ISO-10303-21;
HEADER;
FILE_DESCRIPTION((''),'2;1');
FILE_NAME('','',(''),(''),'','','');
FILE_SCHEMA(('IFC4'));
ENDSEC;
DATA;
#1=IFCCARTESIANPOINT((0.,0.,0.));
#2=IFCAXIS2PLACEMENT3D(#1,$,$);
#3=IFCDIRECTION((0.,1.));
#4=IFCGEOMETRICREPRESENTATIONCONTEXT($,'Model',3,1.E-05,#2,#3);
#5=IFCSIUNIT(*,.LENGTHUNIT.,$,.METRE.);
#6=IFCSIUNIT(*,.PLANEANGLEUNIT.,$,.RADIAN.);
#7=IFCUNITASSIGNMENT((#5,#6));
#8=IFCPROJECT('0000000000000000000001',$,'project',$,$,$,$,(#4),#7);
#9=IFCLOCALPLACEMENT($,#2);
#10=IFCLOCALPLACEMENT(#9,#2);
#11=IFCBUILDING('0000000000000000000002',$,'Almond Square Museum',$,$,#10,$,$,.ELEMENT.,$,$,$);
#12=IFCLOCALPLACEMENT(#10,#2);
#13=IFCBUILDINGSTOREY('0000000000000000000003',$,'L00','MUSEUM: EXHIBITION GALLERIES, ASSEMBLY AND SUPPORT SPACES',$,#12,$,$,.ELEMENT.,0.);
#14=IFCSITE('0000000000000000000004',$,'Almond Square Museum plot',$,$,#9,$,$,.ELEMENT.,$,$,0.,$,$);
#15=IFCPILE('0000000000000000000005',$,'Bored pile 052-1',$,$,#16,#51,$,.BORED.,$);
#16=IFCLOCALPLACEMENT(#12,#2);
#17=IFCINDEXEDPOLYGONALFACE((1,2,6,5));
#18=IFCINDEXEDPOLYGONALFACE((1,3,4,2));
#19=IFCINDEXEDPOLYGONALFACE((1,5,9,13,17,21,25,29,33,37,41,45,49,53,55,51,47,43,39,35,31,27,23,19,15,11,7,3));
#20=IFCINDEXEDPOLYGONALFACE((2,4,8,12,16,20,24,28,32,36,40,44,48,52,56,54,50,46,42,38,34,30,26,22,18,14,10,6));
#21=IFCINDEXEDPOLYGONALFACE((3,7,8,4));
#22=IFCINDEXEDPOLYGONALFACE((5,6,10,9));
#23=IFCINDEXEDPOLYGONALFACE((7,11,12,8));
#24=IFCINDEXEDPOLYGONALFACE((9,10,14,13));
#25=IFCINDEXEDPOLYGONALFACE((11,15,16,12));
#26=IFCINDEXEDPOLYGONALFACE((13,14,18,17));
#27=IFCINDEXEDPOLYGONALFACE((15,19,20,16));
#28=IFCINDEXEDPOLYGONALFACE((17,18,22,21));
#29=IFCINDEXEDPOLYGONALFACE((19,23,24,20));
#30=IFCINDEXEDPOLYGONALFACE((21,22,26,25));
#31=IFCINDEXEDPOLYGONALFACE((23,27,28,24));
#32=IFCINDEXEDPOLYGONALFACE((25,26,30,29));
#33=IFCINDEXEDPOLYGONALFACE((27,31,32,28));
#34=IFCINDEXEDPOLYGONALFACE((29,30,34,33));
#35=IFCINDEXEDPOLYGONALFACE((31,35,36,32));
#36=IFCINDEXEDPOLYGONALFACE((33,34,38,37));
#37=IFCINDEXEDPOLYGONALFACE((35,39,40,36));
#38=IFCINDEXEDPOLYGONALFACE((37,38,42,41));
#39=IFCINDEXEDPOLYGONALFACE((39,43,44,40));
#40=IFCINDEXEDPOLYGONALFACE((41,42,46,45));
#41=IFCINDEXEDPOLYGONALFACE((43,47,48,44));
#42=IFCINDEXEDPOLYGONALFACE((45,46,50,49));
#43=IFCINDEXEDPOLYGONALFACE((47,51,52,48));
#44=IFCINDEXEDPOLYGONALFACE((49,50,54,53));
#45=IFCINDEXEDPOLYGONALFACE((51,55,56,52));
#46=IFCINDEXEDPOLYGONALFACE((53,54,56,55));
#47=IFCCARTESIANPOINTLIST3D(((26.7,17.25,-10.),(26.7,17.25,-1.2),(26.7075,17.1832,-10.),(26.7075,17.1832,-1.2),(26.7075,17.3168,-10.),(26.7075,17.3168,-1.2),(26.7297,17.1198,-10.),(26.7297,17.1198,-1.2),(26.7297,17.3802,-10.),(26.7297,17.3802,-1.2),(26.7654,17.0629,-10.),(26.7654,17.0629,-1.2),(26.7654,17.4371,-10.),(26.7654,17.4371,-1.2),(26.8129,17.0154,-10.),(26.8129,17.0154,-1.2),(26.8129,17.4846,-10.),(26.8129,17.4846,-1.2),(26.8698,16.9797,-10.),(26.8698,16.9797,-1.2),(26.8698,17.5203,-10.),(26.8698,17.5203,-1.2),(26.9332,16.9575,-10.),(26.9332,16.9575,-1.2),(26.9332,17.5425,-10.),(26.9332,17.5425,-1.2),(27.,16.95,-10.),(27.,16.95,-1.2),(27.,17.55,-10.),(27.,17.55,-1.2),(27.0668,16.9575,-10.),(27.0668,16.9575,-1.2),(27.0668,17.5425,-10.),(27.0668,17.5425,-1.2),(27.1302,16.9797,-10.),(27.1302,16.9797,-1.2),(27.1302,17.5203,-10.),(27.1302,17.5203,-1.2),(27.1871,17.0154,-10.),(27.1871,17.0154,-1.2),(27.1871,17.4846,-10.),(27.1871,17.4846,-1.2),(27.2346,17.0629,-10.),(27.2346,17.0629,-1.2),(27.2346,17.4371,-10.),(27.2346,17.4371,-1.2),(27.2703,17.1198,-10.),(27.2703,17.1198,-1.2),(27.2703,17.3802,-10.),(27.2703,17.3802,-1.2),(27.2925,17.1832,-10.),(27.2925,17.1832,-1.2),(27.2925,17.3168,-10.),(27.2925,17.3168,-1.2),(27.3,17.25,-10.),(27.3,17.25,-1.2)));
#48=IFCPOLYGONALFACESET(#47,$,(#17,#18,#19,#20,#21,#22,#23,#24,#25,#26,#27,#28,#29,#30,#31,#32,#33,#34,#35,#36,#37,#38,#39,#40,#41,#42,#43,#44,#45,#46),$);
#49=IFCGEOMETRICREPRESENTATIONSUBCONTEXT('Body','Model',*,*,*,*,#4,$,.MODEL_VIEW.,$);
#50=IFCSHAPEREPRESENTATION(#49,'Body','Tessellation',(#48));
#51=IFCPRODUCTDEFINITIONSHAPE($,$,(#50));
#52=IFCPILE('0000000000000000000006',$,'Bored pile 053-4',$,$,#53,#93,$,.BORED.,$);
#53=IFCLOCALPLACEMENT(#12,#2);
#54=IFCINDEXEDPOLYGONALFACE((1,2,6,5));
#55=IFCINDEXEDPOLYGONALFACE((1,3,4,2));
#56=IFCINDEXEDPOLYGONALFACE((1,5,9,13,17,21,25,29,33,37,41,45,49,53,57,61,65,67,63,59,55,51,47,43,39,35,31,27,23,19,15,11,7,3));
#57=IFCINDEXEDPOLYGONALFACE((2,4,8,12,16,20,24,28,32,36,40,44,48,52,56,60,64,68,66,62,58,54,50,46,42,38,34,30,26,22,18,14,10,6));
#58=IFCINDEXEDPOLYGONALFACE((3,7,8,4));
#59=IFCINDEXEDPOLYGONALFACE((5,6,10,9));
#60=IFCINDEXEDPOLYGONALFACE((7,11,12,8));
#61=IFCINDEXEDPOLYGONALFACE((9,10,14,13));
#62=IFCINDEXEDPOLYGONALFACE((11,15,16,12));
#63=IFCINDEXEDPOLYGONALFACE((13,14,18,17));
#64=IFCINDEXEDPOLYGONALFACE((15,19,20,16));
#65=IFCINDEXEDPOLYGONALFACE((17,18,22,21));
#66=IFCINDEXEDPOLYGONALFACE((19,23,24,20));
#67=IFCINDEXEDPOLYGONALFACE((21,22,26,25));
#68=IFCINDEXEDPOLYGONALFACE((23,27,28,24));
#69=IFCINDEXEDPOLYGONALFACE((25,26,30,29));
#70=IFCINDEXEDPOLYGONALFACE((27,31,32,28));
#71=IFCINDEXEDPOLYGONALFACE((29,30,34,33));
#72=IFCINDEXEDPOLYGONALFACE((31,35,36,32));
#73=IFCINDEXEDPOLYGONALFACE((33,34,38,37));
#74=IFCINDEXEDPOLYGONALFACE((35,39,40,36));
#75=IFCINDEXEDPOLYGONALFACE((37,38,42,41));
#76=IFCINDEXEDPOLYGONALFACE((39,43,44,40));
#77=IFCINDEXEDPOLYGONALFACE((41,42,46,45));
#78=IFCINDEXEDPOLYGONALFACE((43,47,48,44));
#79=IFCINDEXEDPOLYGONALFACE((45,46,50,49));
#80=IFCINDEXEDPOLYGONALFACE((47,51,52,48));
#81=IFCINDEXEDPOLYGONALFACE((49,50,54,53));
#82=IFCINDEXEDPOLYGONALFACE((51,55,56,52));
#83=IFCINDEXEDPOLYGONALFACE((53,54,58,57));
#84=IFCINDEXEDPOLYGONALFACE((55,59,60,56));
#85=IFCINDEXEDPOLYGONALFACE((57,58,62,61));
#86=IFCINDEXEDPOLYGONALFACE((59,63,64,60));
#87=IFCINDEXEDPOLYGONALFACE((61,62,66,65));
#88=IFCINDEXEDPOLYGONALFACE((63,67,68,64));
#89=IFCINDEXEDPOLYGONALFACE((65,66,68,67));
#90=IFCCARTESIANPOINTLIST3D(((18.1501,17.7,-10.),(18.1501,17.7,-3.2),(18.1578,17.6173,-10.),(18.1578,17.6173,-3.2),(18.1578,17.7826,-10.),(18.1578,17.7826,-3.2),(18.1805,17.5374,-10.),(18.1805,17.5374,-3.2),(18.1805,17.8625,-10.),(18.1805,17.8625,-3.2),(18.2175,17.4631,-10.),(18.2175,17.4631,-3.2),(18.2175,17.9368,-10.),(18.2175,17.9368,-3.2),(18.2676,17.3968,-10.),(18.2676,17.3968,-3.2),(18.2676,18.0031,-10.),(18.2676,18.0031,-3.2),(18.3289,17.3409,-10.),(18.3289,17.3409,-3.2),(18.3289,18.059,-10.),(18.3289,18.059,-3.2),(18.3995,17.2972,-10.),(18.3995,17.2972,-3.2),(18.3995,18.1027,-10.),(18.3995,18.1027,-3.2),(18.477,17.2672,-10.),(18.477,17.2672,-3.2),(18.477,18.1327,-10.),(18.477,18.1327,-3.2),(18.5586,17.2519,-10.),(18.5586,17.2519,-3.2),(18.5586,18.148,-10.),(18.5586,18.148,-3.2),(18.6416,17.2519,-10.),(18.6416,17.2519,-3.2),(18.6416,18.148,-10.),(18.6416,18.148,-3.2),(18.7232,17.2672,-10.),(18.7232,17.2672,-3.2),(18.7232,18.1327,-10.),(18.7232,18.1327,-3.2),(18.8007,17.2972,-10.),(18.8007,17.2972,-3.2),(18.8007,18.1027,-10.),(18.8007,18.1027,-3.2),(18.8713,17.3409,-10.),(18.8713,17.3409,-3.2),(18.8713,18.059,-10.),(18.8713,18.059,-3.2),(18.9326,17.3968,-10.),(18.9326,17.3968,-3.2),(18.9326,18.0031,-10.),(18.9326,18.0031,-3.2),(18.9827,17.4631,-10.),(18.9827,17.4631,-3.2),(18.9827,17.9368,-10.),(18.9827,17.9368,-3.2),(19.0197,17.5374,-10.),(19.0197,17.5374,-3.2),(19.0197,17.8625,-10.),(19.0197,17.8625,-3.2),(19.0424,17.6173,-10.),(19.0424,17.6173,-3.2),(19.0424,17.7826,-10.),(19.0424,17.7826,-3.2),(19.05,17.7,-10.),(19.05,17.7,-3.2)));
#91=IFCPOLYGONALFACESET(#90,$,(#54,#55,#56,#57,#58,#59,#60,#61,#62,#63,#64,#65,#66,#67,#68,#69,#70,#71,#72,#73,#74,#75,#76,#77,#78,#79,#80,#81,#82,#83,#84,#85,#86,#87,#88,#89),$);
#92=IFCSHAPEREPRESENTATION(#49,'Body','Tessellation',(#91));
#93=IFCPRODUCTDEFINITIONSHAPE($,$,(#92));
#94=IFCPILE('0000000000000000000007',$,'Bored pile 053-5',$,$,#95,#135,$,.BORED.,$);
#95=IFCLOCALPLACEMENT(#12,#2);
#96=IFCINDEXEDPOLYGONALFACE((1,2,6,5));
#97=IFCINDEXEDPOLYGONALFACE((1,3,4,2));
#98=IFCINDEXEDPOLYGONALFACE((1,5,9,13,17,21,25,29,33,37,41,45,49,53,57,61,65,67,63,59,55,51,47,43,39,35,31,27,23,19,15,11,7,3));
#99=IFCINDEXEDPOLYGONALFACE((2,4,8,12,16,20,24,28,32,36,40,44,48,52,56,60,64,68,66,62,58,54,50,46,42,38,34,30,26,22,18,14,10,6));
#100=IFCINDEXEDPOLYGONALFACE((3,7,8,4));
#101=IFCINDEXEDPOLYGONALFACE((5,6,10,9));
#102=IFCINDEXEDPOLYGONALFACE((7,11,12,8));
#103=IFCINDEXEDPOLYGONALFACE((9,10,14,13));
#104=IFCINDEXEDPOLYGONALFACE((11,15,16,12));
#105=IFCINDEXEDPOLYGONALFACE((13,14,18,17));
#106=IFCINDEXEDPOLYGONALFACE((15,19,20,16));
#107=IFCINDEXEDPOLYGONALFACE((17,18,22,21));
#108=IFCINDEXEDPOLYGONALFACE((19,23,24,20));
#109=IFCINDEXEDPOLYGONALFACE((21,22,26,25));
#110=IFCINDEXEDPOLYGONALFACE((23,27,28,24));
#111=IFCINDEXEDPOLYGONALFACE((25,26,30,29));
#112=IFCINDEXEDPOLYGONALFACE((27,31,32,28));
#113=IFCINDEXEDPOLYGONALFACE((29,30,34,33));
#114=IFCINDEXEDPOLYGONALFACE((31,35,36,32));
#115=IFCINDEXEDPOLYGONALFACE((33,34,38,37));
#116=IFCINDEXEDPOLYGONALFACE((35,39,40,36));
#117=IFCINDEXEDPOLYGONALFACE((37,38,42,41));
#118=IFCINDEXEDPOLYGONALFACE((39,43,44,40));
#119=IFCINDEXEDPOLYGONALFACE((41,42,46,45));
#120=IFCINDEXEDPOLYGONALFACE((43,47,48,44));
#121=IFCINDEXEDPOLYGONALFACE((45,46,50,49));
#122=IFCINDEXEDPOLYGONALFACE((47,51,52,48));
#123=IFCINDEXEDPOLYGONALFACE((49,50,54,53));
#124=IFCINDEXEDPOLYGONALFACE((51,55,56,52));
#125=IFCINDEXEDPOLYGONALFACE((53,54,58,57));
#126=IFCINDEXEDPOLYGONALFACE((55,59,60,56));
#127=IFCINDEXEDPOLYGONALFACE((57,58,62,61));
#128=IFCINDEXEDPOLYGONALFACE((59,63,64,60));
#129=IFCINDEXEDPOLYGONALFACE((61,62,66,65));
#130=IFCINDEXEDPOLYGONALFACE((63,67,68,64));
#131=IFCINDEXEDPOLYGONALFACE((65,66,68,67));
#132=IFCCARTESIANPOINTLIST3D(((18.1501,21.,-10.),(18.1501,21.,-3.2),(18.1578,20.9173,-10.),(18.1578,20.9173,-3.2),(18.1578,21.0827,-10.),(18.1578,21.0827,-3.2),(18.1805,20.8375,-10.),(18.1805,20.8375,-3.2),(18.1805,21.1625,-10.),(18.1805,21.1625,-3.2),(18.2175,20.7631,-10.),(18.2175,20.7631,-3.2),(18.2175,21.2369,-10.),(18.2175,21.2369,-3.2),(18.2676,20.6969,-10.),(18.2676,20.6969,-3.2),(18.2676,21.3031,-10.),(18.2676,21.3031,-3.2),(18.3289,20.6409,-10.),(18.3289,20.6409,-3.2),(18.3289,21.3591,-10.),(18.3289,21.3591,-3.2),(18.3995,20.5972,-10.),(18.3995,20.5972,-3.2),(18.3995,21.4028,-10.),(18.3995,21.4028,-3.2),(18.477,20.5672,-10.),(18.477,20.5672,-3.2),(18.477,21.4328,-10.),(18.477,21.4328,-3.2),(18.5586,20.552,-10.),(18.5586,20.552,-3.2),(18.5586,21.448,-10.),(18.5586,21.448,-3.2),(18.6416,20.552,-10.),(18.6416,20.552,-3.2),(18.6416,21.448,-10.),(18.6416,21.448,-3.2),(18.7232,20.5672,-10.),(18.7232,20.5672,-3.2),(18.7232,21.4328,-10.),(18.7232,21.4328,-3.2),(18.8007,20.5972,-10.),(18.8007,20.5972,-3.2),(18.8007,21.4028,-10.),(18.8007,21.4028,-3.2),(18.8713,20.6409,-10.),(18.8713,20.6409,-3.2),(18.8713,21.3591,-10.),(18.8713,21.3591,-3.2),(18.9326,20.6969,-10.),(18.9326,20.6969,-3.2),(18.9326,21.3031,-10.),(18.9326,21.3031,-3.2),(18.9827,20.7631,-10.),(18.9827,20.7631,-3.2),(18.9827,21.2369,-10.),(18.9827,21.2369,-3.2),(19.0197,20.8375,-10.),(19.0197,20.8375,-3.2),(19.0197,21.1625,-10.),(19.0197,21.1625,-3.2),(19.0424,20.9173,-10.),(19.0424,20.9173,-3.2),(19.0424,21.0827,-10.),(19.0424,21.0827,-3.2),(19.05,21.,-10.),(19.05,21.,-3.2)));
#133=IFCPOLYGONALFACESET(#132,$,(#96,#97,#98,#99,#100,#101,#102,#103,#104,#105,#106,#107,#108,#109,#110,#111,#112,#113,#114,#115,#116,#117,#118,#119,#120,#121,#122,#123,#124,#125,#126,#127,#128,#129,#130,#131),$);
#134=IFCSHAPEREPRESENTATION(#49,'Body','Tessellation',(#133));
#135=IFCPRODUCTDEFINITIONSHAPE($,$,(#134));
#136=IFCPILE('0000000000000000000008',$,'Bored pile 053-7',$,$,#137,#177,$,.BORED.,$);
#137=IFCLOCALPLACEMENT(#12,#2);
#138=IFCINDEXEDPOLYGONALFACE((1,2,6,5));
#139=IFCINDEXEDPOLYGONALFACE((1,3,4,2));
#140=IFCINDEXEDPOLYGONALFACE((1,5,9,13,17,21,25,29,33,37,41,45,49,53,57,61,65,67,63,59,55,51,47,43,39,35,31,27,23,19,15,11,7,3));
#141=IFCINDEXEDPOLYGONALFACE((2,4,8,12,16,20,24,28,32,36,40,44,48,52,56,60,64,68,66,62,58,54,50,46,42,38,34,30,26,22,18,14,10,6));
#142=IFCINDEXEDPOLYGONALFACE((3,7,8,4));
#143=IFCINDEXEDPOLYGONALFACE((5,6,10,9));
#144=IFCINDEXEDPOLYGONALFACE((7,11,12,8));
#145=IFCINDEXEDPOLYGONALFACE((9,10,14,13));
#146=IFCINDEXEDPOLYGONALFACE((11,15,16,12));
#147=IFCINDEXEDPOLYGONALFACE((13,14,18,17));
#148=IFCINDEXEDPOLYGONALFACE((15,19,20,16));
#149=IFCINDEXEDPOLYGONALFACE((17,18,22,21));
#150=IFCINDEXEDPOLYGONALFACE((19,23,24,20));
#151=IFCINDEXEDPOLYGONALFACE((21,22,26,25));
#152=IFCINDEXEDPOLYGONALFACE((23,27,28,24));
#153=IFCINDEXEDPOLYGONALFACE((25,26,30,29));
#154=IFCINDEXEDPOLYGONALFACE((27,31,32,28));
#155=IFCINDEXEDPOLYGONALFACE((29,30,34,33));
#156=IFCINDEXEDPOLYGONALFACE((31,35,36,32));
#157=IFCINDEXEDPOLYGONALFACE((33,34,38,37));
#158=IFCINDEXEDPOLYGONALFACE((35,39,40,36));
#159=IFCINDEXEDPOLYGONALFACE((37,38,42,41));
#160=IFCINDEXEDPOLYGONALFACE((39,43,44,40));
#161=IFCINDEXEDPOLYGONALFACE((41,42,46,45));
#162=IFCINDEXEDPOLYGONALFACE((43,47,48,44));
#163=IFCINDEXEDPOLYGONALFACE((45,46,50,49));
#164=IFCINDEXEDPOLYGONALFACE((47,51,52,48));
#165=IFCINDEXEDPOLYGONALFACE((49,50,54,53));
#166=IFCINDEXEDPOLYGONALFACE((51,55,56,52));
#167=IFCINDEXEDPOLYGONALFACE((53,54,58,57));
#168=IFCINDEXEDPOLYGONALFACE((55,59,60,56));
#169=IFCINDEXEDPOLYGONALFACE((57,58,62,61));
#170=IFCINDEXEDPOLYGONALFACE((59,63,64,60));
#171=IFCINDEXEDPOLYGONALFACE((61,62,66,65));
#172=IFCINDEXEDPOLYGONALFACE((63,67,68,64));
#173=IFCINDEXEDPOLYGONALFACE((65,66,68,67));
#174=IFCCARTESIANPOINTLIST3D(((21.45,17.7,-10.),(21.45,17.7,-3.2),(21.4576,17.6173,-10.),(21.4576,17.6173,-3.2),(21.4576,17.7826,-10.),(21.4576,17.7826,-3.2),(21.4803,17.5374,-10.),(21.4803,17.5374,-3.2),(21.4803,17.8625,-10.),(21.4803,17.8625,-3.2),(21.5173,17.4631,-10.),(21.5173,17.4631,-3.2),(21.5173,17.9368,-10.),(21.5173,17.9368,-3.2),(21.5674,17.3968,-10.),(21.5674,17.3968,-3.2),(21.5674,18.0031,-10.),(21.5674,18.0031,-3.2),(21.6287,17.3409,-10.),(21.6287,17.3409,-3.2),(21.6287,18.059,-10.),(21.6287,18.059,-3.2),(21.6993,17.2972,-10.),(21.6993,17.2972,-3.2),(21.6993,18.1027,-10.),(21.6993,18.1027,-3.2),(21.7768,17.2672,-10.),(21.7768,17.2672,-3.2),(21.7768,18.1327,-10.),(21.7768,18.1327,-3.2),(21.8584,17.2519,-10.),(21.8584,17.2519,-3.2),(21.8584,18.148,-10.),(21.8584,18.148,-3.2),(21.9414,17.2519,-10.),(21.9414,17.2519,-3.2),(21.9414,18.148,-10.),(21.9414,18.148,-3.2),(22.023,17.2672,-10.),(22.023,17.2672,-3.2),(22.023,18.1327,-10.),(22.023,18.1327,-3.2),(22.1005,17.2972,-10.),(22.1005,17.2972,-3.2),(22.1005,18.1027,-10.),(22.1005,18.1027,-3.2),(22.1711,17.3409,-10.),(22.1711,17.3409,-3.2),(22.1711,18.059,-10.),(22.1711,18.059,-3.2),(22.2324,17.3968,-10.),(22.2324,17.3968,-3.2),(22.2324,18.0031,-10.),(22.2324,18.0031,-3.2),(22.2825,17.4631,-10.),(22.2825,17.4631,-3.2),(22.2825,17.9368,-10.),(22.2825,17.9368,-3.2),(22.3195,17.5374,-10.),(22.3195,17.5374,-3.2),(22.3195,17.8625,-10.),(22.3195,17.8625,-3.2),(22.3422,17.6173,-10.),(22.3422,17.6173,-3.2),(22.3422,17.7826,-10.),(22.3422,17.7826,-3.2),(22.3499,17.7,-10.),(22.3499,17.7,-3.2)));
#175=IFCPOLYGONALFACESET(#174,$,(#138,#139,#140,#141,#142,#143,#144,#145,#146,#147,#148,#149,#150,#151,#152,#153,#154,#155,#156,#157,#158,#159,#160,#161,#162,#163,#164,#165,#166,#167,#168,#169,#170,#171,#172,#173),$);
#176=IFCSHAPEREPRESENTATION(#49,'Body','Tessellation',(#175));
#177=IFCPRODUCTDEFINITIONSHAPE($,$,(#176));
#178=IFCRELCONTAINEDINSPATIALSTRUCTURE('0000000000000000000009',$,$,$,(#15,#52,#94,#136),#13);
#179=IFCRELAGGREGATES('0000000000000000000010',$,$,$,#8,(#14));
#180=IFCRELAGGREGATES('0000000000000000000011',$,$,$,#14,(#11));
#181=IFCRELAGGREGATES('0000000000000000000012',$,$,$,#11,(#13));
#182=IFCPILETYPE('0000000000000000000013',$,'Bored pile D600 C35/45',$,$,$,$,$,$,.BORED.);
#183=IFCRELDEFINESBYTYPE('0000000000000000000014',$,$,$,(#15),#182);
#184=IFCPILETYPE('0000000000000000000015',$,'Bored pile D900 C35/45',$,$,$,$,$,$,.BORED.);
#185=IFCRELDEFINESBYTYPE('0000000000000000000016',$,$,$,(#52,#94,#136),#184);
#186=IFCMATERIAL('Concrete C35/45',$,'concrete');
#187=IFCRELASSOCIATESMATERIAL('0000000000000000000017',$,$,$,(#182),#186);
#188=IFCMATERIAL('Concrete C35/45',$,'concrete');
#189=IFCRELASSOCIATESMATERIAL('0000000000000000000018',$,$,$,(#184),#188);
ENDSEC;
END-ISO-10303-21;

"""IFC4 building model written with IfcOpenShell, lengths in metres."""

from ifc_helpers import new_model, si_unit, direction, frame, origin, origin_2d, place, context, subcontext, project, spatial, circle, extrude, material, material_profile, profile_set, type_object, element, save


model = new_model("IFC4")

# Units and contexts
model_context = context("Model", 3, precision=1e-05, world=origin(), true_north=direction((0.0, 1.0)))
body_context = subcontext(model_context, "Body", "Model", "MODEL_VIEW")
ifc_project = project(units=[si_unit("LENGTHUNIT", "METRE"), si_unit("PLANEANGLEUNIT", "RADIAN")], contexts=[model_context])

# Site, building, storey
site_placement = place(None, origin())
site = spatial("IfcSite", under=ifc_project, at=site_placement, Name="Almond Square Museum plot", CompositionType="ELEMENT", RefElevation=0.0)
building_placement = place(site_placement, origin())
building = spatial("IfcBuilding", under=site, at=building_placement, Name="Almond Square Museum", CompositionType="ELEMENT")
storey_placement = place(building_placement, origin())
storey = spatial("IfcBuildingStorey", under=building, at=storey_placement, Name="L00", Description="MUSEUM: EXHIBITION GALLERIES, ASSEMBLY AND SUPPORT SPACES", CompositionType="ELEMENT", Elevation=0.0)

# Piles
ifc_material_1 = material(Name="Concrete C35/45", Category="concrete")
ifc_material_profile_1 = material_profile(ifc_material_1, circle(Radius=0.3, at=origin_2d()))
ifc_profile_set_1 = profile_set([ifc_material_profile_1], Name="Concrete C35/45")
pile_type_1 = type_object("IfcPileType", Name="Bored pile D600 C35/45", PredefinedType="BORED", material=ifc_profile_set_1)
pile_placement = place(storey_placement, frame((27.0, 17.25, -1.2), z_axis=(0.0, 0.0, -1.0), x_axis=(1.0, 0.0, 0.0)))
element("IfcPile", 1, at=pile_placement, inside=storey, type_object=pile_type_1, Name="Bored pile 052-1", PredefinedType="BORED", context=body_context, shape_type="SweptSolid", body=[
    extrude(circle(Radius=0.3, at=origin_2d()), origin(), (0.0, 0.0, 1.0), 8.8),
])
ifc_material_2 = material(Name="Concrete C35/45", Category="concrete")
ifc_material_profile_2 = material_profile(ifc_material_2, circle(Radius=0.45, at=origin_2d()))
ifc_profile_set_2 = profile_set([ifc_material_profile_2], Name="Concrete C35/45")
pile_type_2 = type_object("IfcPileType", Name="Bored pile D900 C35/45", PredefinedType="BORED", material=ifc_profile_set_2)
for number, where, z_axis, x_axis, name in (
    (2, (18.6001, 17.7, -3.2), (0.0, 0.0, -1.0), (1.0, 0.0, 0.0), "Bored pile 053-4"),
    (3, (18.6001, 21.0, -3.2), (0.0, 0.0, -1.0), (1.0, 0.0, 0.0), "Bored pile 053-5"),
    (4, (21.8999, 17.7, -3.2), (0.0, 0.0, -1.0), (1.0, 0.0, 0.0), "Bored pile 053-7"),
):
    element("IfcPile", number, at=place(storey_placement, frame(where, z_axis=z_axis, x_axis=x_axis)), inside=storey, type_object=pile_type_2, Name=name, PredefinedType="BORED", context=body_context, shape_type="SweptSolid", body=[
        extrude(circle(Radius=0.45, at=origin_2d()), origin(), (0.0, 0.0, 1.0), 6.8),
    ])

save(model, "model.ifc")
